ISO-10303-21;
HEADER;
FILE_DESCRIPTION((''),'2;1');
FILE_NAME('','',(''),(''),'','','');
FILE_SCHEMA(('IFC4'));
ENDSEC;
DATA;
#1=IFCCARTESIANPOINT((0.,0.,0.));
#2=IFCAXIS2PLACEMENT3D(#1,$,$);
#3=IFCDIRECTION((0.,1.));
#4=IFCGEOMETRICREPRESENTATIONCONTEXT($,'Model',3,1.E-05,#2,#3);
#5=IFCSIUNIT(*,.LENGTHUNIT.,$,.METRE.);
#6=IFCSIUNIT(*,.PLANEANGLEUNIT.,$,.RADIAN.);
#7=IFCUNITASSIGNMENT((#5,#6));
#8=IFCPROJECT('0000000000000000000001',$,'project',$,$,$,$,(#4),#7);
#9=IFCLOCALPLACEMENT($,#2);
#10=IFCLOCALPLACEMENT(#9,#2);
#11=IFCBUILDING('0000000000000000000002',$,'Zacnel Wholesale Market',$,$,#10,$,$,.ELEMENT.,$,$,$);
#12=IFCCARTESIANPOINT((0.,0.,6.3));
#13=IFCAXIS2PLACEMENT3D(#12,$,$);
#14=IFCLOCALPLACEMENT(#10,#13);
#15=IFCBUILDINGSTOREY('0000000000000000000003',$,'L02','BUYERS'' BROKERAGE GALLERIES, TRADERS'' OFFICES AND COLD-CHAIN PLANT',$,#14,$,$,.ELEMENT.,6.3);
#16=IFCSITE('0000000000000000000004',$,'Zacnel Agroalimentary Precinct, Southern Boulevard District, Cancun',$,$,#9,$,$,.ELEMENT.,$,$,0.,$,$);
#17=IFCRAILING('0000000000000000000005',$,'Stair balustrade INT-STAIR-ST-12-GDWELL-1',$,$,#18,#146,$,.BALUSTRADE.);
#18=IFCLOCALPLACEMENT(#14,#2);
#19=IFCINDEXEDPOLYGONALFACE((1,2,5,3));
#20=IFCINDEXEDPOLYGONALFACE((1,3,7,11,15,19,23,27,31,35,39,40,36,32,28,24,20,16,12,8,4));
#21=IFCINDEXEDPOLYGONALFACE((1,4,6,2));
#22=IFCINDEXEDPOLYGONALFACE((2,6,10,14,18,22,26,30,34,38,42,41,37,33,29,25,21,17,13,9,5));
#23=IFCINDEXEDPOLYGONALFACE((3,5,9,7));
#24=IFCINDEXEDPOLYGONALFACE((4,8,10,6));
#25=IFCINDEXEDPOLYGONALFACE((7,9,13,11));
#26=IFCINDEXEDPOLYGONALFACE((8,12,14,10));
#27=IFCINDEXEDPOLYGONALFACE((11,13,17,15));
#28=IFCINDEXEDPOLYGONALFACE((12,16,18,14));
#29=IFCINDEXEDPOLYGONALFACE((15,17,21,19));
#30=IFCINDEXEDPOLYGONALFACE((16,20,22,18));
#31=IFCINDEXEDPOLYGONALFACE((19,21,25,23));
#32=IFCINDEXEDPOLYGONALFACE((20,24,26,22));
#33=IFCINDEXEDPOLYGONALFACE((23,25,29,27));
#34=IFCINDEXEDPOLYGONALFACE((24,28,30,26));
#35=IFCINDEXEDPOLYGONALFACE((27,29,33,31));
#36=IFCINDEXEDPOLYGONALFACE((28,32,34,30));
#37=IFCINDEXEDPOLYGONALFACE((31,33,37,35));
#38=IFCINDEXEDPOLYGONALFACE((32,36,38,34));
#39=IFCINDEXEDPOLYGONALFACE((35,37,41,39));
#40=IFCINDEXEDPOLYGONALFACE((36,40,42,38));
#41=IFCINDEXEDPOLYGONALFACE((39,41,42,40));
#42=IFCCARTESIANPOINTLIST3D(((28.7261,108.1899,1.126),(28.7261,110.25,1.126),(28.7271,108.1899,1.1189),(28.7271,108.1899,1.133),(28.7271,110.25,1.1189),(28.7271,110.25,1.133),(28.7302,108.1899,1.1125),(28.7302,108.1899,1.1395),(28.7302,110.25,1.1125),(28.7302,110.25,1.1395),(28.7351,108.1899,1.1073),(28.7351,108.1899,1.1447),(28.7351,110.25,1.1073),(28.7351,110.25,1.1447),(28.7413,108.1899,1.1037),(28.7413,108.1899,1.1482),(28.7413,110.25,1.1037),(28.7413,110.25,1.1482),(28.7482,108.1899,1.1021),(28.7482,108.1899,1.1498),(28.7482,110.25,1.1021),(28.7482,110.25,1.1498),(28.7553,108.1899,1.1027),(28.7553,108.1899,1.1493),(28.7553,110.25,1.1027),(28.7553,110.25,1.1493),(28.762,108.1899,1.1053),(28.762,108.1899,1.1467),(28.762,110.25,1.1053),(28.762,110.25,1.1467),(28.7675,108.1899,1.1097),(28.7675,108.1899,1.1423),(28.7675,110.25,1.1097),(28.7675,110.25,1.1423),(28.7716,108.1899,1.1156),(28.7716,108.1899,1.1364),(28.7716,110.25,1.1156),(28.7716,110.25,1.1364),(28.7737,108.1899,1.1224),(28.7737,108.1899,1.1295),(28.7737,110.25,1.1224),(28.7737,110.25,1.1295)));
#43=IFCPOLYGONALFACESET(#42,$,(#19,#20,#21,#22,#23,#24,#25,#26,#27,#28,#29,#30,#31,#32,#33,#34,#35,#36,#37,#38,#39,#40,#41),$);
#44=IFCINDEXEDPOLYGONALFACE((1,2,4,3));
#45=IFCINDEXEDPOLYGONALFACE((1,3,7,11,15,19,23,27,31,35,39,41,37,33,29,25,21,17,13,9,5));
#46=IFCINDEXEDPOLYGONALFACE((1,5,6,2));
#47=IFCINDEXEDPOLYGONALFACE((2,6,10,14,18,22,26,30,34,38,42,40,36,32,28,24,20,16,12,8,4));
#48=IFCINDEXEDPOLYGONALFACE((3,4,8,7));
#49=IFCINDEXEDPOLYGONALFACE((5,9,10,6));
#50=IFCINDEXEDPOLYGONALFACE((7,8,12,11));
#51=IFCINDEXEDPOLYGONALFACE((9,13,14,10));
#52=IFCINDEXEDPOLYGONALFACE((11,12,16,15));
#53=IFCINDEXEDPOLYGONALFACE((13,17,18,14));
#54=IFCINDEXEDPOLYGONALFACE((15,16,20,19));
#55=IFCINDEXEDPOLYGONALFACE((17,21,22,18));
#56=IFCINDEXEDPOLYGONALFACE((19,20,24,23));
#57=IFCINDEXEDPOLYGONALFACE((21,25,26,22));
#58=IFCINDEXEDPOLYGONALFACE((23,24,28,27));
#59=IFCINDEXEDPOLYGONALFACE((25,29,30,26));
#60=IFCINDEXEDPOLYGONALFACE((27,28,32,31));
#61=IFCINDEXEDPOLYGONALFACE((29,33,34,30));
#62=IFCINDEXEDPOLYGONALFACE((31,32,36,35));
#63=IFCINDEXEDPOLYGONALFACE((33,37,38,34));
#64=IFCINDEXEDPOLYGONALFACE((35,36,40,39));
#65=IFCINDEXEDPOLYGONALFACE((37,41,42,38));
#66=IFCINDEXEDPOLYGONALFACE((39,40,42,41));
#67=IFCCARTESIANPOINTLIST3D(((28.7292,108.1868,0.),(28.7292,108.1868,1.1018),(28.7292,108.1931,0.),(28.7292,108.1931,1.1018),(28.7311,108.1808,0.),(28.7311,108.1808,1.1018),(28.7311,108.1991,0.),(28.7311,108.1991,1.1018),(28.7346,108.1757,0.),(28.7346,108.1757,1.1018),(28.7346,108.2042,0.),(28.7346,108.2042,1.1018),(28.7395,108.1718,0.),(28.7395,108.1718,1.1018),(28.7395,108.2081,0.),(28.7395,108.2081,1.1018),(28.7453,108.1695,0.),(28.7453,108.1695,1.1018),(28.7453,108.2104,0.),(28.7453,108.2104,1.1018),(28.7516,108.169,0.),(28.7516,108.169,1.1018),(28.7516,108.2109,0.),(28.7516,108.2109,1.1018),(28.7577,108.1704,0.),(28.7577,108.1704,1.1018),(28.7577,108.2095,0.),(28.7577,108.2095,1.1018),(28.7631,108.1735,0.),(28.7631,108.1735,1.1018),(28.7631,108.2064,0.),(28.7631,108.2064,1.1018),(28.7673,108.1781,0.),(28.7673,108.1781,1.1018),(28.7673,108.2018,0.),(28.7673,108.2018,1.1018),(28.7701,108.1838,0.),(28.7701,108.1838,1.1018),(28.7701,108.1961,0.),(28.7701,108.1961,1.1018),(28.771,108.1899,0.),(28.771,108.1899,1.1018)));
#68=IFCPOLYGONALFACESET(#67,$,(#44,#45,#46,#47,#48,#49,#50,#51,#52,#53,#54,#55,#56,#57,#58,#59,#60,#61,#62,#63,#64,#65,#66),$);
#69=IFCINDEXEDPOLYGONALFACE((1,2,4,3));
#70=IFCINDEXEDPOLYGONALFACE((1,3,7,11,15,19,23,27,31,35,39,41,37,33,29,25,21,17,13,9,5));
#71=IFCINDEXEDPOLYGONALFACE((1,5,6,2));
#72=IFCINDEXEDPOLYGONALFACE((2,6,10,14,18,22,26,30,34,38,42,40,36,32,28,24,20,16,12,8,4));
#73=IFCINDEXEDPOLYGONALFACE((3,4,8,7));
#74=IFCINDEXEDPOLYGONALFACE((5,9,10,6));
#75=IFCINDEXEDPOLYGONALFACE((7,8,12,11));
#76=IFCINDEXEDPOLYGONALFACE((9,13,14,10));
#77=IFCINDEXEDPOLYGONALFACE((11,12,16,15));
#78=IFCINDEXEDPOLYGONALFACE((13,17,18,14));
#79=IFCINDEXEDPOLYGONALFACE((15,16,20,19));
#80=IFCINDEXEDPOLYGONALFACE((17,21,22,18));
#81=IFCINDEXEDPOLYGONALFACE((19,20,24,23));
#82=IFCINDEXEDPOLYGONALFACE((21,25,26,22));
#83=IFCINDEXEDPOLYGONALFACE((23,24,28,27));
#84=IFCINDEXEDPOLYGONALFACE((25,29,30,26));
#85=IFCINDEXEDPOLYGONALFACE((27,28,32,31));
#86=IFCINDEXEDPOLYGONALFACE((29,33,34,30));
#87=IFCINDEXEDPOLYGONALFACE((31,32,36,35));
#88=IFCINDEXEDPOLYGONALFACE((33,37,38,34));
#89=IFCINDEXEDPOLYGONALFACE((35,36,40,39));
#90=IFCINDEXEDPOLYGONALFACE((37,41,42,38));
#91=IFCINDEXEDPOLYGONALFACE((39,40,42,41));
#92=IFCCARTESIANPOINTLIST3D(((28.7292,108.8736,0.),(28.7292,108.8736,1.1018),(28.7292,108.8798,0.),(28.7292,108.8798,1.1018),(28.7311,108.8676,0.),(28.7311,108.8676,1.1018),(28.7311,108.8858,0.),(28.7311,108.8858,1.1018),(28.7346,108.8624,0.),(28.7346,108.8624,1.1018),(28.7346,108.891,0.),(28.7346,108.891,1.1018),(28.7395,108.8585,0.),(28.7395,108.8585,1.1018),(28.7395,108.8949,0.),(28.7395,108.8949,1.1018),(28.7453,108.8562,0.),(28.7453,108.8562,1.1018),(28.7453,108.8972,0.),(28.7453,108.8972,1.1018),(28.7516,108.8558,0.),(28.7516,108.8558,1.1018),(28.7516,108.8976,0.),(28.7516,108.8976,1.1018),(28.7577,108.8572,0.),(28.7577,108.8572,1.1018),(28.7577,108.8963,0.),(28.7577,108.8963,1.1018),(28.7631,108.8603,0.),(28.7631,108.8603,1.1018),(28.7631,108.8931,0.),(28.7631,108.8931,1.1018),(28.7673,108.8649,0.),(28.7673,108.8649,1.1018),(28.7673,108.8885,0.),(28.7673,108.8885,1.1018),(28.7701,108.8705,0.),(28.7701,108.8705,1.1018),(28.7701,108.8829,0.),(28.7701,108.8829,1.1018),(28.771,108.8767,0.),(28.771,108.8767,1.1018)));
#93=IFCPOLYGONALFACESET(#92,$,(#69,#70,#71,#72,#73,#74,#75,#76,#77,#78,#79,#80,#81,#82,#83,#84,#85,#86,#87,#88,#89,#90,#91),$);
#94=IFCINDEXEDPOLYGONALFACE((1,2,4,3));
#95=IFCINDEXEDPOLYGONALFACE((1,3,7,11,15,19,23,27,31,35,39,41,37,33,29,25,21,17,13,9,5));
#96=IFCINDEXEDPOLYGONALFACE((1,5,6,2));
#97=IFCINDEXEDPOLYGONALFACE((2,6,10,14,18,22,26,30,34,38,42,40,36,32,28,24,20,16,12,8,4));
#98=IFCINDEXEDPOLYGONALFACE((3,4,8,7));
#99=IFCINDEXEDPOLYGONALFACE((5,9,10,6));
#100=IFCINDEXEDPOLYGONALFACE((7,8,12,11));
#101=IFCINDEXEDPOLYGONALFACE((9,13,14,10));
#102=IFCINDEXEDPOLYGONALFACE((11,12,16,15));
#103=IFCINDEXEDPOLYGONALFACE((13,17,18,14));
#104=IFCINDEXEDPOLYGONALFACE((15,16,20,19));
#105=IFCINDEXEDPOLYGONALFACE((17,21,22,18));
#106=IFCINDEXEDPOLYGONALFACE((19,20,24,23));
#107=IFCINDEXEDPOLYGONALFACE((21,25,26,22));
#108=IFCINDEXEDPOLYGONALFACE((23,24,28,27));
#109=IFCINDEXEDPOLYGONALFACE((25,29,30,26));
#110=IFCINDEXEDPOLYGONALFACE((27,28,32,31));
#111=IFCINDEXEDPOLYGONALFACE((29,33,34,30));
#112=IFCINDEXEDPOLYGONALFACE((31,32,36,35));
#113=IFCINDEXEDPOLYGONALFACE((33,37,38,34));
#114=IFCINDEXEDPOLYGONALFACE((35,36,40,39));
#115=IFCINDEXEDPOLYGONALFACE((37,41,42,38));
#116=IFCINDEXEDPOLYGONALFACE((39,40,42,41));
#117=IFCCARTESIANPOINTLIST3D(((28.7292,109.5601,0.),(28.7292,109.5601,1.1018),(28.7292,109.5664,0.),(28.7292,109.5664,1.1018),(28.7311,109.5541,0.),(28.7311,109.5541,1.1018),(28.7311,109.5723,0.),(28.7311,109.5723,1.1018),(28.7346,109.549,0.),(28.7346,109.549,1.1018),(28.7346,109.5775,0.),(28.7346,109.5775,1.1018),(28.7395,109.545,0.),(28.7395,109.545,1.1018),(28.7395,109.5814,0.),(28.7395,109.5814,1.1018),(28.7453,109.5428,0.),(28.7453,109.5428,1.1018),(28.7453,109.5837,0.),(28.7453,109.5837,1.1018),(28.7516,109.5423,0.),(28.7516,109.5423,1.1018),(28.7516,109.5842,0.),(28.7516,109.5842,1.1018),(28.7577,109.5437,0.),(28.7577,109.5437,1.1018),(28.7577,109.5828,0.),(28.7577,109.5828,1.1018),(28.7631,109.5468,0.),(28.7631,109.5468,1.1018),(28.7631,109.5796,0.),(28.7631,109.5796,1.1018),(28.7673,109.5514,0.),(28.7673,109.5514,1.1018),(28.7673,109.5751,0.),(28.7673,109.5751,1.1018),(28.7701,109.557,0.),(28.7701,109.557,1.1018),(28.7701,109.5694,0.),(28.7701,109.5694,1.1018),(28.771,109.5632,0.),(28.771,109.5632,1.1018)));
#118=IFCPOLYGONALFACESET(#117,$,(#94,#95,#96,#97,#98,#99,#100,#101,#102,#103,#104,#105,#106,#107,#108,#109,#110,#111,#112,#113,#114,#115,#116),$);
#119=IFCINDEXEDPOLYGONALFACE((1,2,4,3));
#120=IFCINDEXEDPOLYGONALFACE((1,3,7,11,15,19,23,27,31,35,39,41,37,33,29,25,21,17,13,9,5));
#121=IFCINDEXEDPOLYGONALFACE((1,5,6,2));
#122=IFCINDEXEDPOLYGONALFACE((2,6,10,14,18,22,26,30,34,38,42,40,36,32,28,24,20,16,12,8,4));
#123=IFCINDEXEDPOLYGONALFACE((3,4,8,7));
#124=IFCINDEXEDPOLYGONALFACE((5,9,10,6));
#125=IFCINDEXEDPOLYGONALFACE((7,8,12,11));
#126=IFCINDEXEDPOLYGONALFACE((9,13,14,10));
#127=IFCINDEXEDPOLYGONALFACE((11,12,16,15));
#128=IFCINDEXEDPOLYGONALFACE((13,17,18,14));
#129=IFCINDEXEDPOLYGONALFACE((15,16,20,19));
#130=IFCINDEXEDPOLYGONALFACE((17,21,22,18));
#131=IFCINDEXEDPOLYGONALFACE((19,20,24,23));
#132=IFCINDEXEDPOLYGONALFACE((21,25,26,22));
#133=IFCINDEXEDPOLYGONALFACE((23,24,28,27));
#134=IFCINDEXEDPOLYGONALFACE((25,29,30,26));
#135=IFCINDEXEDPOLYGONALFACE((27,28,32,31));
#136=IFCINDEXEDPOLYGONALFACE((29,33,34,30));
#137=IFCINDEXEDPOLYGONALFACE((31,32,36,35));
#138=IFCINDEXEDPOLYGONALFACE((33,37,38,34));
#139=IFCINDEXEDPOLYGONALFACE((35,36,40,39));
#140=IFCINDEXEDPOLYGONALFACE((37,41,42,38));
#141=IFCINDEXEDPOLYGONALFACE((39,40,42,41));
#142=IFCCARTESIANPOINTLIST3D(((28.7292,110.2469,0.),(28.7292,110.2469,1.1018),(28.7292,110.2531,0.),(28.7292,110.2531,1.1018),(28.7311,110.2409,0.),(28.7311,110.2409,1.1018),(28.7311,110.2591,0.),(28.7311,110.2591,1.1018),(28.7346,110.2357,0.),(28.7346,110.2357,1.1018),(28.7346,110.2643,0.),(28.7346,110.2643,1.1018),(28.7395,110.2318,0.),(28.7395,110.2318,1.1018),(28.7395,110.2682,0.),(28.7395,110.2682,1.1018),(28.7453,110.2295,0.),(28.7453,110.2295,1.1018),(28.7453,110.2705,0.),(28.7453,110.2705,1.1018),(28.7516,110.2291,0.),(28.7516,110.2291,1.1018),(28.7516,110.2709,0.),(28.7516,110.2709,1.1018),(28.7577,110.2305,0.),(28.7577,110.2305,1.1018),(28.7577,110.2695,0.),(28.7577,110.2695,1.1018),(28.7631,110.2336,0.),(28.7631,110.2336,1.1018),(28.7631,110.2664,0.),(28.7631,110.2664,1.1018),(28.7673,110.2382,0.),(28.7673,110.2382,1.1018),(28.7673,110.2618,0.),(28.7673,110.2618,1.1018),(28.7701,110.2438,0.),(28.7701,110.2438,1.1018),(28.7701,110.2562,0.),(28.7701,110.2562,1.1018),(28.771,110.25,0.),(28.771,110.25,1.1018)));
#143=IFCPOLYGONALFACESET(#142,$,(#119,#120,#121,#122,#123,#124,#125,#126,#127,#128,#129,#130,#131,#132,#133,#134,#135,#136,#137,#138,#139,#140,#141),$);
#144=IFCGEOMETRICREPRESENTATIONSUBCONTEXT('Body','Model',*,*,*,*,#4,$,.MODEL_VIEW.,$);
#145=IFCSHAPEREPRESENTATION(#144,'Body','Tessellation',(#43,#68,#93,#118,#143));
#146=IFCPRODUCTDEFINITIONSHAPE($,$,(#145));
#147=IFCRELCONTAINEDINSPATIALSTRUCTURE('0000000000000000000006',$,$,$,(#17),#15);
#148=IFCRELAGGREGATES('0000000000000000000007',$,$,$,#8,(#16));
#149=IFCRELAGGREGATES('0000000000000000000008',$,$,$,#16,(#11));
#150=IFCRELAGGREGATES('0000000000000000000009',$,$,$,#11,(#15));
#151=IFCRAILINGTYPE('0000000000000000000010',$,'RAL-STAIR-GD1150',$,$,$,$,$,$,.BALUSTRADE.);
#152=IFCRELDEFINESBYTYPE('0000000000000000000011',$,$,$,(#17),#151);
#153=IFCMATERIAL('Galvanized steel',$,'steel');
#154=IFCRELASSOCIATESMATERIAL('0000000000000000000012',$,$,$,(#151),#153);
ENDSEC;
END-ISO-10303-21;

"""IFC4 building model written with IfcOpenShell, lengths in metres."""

from ifc_helpers import new_model, si_unit, direction, frame, origin, origin_2d, place, context, subcontext, project, spatial, circle, extrude, material, type_object, element, save


model = new_model("IFC4")

# Units and contexts
model_context = context("Model", 3, precision=1e-05, world=origin(), true_north=direction((0.0, 1.0)))
body_context = subcontext(model_context, "Body", "Model", "MODEL_VIEW")
ifc_project = project(units=[si_unit("LENGTHUNIT", "METRE"), si_unit("PLANEANGLEUNIT", "RADIAN")], contexts=[model_context])

# Site, building, storey
site_placement = place(None, origin())
site = spatial("IfcSite", under=ifc_project, at=site_placement, Name="Zacnel Agroalimentary Precinct, Southern Boulevard District, Cancun", CompositionType="ELEMENT", RefElevation=0.0)
building_placement = place(site_placement, origin())
building = spatial("IfcBuilding", under=site, at=building_placement, Name="Zacnel Wholesale Market", CompositionType="ELEMENT")
storey_placement = place(building_placement, frame((0.0, 0.0, 6.3)))
storey = spatial("IfcBuildingStorey", under=building, at=storey_placement, Name="L02", Description="BUYERS' BROKERAGE GALLERIES, TRADERS' OFFICES AND COLD-CHAIN PLANT", CompositionType="ELEMENT", Elevation=6.3)

# Railing
ifc_material_1 = material(Name="Galvanized steel", Category="steel")
railing_type_1 = type_object("IfcRailingType", Name="RAL-STAIR-GD1150", PredefinedType="BALUSTRADE", material=ifc_material_1)
railing_1_placement = place(storey_placement, frame((28.75, 108.1899, 0.0)))
element("IfcRailing", 1, at=railing_1_placement, inside=storey, type_object=railing_type_1, Name="Stair balustrade INT-STAIR-ST-12-GDWELL-1", PredefinedType="BALUSTRADE", context=body_context, shape_type="SweptSolid", body=[
    extrude(circle(Radius=0.0239, at=origin_2d()), frame((0.0, 0.0, 1.126), z_axis=(0.0, 1.0, 0.0), x_axis=(-1.0, 0.0, 0.0)), (0.0, 0.0, 1.0), 2.0601),
    extrude(circle(Radius=0.021, at=origin_2d()), origin(), (0.0, 0.0, 1.0), 1.1018),
    extrude(circle(Radius=0.021, at=origin_2d()), frame((0.0, 0.6868, 0.0)), (0.0, 0.0, 1.0), 1.1018),
    extrude(circle(Radius=0.021, at=origin_2d()), frame((0.0, 1.3733, 0.0)), (0.0, 0.0, 1.0), 1.1018),
    extrude(circle(Radius=0.021, at=origin_2d()), frame((0.0, 2.0601, 0.0)), (0.0, 0.0, 1.0), 1.1018),
])

save(model, "model.ifc")
